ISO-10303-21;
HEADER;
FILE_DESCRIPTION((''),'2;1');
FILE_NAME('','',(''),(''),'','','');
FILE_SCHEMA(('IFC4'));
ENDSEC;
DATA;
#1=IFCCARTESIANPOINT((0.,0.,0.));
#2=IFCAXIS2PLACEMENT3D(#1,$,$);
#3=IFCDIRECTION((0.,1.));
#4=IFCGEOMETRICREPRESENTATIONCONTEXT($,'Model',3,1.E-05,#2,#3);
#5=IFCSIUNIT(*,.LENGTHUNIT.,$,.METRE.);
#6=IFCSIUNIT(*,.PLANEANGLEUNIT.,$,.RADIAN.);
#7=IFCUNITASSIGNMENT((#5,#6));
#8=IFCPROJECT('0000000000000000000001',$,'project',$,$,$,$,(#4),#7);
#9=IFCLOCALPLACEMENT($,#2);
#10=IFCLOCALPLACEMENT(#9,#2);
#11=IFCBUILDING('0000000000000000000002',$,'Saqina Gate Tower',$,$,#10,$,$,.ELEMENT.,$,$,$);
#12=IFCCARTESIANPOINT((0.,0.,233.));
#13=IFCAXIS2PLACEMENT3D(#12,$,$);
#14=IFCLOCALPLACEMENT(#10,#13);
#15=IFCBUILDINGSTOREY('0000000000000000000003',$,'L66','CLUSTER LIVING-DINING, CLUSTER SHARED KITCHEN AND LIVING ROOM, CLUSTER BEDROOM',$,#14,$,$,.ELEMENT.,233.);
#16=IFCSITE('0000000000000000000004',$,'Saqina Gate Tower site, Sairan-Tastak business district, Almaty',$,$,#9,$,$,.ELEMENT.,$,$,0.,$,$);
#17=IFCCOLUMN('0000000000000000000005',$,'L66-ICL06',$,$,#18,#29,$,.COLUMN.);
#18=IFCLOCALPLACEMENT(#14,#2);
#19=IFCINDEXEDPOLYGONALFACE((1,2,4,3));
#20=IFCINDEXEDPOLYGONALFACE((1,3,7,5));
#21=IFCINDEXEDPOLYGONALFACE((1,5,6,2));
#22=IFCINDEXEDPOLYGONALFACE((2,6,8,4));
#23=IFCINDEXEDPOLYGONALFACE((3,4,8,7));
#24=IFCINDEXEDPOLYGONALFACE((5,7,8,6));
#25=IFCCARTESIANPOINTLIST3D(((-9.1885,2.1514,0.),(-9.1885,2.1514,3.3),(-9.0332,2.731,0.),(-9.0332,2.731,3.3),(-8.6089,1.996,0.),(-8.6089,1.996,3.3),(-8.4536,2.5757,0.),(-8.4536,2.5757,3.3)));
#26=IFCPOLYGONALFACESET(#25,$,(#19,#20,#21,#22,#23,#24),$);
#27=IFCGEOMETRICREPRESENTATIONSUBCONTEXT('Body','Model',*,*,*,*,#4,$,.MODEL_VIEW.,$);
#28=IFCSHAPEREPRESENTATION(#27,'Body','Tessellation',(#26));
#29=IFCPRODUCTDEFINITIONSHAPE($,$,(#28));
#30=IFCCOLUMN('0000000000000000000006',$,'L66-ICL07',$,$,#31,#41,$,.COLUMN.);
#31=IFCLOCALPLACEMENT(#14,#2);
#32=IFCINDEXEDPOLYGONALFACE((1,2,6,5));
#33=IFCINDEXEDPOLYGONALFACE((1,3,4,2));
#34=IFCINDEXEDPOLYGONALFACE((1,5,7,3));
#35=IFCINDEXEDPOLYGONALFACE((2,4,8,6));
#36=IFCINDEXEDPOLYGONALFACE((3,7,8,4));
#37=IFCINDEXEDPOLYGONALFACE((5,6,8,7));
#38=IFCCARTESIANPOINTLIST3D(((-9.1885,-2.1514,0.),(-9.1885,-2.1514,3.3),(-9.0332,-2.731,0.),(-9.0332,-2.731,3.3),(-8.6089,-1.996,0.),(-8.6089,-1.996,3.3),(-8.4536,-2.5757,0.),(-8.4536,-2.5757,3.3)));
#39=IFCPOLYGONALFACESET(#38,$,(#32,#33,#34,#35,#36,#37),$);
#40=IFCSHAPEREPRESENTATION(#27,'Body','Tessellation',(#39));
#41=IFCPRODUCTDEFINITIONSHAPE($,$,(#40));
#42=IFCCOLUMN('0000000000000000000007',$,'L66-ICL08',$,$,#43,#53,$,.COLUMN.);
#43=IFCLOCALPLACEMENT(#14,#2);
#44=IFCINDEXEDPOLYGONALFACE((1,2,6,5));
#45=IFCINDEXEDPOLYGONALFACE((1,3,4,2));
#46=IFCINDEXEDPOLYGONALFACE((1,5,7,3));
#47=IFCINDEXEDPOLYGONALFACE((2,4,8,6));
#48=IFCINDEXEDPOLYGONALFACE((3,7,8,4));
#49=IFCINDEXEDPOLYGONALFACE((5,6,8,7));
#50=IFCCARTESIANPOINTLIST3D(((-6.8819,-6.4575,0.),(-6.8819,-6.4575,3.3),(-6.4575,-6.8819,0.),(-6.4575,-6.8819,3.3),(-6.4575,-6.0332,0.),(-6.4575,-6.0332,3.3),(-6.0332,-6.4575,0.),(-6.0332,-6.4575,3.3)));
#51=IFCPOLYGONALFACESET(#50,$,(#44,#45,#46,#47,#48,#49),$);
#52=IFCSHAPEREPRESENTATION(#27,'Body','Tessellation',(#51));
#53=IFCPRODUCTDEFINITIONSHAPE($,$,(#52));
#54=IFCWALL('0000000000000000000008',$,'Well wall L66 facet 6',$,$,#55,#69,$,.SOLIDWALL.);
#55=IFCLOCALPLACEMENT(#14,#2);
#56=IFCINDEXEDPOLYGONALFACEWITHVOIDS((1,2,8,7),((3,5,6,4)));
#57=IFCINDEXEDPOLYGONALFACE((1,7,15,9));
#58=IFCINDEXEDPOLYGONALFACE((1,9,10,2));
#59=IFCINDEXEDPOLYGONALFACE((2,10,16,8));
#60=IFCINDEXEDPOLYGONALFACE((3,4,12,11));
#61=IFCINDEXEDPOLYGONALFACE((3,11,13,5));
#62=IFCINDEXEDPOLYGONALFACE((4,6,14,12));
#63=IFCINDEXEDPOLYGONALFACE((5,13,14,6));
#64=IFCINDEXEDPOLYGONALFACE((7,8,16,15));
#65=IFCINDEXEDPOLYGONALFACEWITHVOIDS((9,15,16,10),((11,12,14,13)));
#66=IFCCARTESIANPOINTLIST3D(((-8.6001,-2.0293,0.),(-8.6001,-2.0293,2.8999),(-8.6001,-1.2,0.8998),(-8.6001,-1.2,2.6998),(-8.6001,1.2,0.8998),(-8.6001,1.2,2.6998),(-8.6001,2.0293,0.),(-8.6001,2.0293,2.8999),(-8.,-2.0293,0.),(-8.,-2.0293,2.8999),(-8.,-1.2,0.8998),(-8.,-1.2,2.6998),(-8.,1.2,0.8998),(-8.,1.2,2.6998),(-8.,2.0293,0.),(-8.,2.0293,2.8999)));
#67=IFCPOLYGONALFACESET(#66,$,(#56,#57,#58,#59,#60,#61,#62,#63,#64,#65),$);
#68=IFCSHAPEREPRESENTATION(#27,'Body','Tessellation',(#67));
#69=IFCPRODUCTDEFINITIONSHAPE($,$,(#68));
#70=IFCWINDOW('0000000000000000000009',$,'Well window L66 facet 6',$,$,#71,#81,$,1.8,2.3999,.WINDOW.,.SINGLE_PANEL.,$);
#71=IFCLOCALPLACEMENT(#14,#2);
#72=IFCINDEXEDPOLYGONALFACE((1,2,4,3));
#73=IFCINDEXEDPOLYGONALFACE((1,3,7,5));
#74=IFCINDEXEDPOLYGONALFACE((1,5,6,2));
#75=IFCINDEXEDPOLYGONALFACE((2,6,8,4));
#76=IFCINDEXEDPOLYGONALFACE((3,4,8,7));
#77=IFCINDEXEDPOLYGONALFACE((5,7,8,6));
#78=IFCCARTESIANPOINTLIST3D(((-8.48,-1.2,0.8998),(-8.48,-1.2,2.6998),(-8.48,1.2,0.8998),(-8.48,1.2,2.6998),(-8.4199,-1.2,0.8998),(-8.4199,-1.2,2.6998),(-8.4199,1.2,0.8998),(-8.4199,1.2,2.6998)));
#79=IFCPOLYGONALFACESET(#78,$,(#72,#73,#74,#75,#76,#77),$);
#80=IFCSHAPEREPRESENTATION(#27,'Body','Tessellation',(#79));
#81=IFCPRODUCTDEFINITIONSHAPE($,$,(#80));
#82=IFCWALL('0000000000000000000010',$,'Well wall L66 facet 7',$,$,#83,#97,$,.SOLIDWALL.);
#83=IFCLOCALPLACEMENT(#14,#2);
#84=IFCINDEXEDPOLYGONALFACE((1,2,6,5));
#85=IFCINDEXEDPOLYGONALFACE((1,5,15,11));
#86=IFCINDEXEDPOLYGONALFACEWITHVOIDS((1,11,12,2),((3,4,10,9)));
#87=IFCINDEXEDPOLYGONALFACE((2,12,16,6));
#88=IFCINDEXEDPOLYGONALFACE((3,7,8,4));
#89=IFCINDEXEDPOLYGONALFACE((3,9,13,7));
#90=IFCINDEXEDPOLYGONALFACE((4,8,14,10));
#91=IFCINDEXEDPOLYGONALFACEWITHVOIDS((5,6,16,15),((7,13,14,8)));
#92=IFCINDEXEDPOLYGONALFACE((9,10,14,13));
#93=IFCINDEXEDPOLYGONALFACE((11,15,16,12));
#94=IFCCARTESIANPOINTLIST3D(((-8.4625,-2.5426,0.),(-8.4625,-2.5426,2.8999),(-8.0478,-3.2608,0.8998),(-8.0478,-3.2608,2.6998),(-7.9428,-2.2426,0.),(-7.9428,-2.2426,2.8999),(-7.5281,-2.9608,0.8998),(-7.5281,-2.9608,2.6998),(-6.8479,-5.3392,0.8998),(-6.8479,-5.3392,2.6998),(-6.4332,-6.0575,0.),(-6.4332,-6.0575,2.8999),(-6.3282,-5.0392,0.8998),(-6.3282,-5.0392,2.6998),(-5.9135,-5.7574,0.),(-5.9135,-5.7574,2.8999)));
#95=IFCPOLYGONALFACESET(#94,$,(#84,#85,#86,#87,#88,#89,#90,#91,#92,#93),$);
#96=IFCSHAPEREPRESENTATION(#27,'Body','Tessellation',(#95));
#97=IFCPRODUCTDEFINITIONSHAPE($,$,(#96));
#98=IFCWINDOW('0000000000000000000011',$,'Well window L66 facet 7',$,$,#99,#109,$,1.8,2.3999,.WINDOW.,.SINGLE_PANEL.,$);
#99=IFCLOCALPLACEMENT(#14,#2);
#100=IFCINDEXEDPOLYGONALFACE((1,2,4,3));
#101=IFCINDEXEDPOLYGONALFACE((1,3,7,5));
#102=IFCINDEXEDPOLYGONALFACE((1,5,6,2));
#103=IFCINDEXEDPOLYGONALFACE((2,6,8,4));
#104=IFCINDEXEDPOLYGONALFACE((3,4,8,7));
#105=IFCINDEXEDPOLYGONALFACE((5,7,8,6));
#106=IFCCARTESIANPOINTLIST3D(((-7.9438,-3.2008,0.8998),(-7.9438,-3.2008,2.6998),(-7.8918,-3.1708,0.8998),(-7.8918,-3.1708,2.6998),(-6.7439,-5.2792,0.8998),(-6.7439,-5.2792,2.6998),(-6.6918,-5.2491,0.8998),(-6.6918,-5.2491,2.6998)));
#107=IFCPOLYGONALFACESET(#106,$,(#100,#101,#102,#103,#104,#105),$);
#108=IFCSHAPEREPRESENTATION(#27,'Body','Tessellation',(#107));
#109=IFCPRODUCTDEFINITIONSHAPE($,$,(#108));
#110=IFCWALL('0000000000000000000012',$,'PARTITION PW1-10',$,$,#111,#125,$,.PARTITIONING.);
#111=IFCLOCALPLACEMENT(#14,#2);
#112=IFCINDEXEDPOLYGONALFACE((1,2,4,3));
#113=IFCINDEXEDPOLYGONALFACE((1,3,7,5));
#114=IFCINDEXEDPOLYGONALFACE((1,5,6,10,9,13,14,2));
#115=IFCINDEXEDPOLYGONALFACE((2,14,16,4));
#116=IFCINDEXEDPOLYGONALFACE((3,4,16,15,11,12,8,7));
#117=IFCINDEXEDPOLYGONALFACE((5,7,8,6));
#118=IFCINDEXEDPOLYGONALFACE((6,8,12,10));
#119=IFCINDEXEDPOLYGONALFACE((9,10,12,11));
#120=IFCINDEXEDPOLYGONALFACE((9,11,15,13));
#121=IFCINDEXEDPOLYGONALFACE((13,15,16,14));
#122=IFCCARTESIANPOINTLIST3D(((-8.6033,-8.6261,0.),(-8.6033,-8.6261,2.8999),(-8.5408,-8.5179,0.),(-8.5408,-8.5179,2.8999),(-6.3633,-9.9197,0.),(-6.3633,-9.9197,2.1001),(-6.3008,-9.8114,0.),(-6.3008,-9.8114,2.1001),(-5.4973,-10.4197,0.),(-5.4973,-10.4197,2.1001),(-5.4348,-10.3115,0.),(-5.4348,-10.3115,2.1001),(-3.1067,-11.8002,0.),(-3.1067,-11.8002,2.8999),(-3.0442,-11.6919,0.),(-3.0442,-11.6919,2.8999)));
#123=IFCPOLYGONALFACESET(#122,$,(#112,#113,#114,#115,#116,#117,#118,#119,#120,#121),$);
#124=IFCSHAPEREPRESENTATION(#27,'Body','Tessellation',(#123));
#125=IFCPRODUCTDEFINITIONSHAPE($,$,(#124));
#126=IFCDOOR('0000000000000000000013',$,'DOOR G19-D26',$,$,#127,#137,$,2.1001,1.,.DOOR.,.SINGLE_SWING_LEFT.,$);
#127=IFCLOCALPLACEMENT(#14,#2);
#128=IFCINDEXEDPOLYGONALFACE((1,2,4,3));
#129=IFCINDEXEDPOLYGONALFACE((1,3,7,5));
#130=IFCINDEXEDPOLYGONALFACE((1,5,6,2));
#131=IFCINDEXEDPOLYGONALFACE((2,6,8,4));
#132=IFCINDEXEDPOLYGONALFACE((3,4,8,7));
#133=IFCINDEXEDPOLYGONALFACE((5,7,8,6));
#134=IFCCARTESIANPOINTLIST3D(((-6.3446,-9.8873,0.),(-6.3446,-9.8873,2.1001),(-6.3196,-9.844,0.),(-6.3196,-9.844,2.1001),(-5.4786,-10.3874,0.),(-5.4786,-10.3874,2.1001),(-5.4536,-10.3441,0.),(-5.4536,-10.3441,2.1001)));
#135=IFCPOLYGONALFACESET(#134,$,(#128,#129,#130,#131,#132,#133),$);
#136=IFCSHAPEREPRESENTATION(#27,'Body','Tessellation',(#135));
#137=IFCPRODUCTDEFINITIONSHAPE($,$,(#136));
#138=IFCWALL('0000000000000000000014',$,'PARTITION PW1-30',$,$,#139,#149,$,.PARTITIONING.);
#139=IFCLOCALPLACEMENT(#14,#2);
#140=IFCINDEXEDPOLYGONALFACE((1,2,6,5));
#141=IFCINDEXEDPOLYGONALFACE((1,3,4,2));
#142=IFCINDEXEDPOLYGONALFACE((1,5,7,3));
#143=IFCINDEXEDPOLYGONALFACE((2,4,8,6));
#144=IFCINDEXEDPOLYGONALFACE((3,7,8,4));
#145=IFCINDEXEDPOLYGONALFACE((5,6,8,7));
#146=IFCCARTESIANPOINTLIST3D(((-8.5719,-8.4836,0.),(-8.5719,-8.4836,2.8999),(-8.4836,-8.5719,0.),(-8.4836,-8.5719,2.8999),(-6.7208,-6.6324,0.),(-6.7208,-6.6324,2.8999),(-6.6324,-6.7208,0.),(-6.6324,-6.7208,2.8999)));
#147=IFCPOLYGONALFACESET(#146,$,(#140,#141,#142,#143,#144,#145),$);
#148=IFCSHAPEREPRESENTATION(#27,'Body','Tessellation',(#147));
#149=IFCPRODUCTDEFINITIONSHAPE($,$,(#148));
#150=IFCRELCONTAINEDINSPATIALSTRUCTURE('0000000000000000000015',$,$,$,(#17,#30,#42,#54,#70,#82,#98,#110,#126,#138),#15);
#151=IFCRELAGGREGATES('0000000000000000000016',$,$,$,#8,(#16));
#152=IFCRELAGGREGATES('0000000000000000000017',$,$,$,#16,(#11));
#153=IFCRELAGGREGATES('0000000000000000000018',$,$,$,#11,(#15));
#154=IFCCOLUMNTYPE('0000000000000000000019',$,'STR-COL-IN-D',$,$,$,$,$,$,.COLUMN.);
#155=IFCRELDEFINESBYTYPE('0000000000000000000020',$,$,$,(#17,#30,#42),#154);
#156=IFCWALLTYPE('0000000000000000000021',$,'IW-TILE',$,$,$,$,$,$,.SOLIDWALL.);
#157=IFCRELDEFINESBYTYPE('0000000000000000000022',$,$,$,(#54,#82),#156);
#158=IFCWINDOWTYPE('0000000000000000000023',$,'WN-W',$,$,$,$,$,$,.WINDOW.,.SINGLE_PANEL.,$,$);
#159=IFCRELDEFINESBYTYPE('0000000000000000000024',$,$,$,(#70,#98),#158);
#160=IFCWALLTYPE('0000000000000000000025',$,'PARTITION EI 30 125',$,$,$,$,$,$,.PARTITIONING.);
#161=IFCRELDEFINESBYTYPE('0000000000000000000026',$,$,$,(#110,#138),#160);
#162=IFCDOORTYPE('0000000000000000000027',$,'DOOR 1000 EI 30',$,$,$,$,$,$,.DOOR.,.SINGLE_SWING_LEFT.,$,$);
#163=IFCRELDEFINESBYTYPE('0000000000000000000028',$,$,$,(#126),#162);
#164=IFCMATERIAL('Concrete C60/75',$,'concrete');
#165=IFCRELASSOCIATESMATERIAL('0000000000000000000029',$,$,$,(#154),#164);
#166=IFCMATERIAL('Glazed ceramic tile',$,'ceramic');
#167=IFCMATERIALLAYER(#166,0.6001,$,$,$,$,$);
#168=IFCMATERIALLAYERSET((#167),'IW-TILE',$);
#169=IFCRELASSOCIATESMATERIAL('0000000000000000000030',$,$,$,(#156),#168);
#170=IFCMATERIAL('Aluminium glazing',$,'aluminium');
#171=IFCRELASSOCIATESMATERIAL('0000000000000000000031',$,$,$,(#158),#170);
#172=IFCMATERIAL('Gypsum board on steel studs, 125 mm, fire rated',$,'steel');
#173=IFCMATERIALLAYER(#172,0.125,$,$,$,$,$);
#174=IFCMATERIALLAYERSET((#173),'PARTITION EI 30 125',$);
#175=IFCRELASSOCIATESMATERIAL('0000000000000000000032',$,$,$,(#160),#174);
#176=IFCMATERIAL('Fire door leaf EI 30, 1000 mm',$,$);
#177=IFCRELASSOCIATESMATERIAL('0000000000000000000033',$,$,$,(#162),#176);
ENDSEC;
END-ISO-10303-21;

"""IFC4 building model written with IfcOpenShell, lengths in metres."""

from ifc_helpers import new_model, si_unit, direction, frame, frame_2d, origin, origin_2d, place, context, subcontext, project, spatial, rectangle, extrude, material, layer, layer_set, material_profile, profile_set, type_object, element, fill, save


model = new_model("IFC4")

# Units and contexts
model_context = context("Model", 3, precision=1e-05, world=origin(), true_north=direction((0.0, 1.0)))
body_context = subcontext(model_context, "Body", "Model", "MODEL_VIEW")
ifc_project = project(units=[si_unit("LENGTHUNIT", "METRE"), si_unit("PLANEANGLEUNIT", "RADIAN")], contexts=[model_context])

# Site, building, storey
site_placement = place(None, origin())
site = spatial("IfcSite", under=ifc_project, at=site_placement, Name="Saqina Gate Tower site, Sairan-Tastak business district, Almaty", CompositionType="ELEMENT", RefElevation=0.0)
building_placement = place(site_placement, origin())
building = spatial("IfcBuilding", under=site, at=building_placement, Name="Saqina Gate Tower", CompositionType="ELEMENT")
storey_placement = place(building_placement, frame((0.0, 0.0, 233.0)))
storey = spatial("IfcBuildingStorey", under=building, at=storey_placement, Name="L66", Description="CLUSTER LIVING-DINING, CLUSTER SHARED KITCHEN AND LIVING ROOM, CLUSTER BEDROOM", CompositionType="ELEMENT", Elevation=233.0)

# Columns
ifc_material_1 = material(Name="Concrete C60/75", Category="concrete")
ifc_material_profile = material_profile(ifc_material_1, rectangle(XDim=0.6001, YDim=0.6001, at=origin_2d()), Name="RC 600x600")
ifc_profile_set = profile_set([ifc_material_profile], Name="Concrete C60/75")
column_type = type_object("IfcColumnType", Name="STR-COL-IN-D", PredefinedType="COLUMN", material=ifc_profile_set)
for number, where, z_axis, x_axis, name in (
    (1, (-8.821, 2.3635, 0.0), (0.0, 0.0, 1.0), (-0.965926, 0.258819, 0.0), "L66-ICL06"),
    (2, (-8.821, -2.3635, 0.0), (0.0, 0.0, 1.0), (-0.965926, -0.258819, 0.0), "L66-ICL07"),
    (3, (-6.4575, -6.4575, 0.0), (0.0, 0.0, 1.0), (-0.707107, -0.707107, 0.0), "L66-ICL08"),
):
    element("IfcColumn", number, at=place(storey_placement, frame(where, z_axis=z_axis, x_axis=x_axis)), inside=storey, type_object=column_type, Name=name, PredefinedType="COLUMN", context=body_context, shape_type="SweptSolid", body=[
        extrude(rectangle(XDim=0.6001, YDim=0.6001, at=origin_2d()), origin(), (0.0, 0.0, 1.0), 3.3),
    ])

# Walls, openings, windows
ifc_material_2 = material(Name="Glazed ceramic tile", Category="ceramic")
ifc_layer_1 = layer(ifc_material_2, 0.6001)
ifc_layer_set_1 = layer_set([ifc_layer_1], Name="IW-TILE")
wall_type_1 = type_object("IfcWallType", Name="IW-TILE", PredefinedType="SOLIDWALL", material=ifc_layer_set_1)
wall_1_placement = place(storey_placement, frame((-8.3, 2.0293, 0.0), z_axis=(0.0, 0.0, 1.0), x_axis=(0.0, -1.0, 0.0)))
wall_1 = element("IfcWall", 4, at=wall_1_placement, inside=storey, type_object=wall_type_1, Name="Well wall L66 facet 6", PredefinedType="SOLIDWALL", context=body_context, shape_type="SweptSolid", body=[
    extrude(rectangle(XDim=4.0586, YDim=0.6001, at=frame_2d((2.0293, 0.0))), origin(), (0.0, 0.0, 1.0), 2.8999),
])
opening_1_placement = place(wall_1_placement, frame((0.8293, 0.0, 0.8999)))
opening_1 = element("IfcOpeningElement", 5, at=opening_1_placement, cuts=wall_1, PredefinedType="OPENING", context=body_context, shape_type="SweptSolid", body=[
    extrude(rectangle(XDim=2.3999, YDim=1.8, at=frame_2d((1.2, 0.8999))), frame((0.0, 0.312, 0.0), z_axis=(0.0, -1.0, 0.0), x_axis=(1.0, 0.0, 0.0)), (0.0, 0.0, 1.0), 0.624),
])
ifc_material_3 = material(Name="Aluminium glazing", Category="aluminium")
window_type = type_object("IfcWindowType", Name="WN-W", PartitioningType="SINGLE_PANEL", PredefinedType="WINDOW", material=ifc_material_3)
window_1_placement = place(opening_1_placement, origin())
window_1 = element("IfcWindow", 6, at=window_1_placement, inside=storey, type_object=window_type, Name="Well window L66 facet 6", OverallHeight=1.8, OverallWidth=2.3999, PartitioningType="SINGLE_PANEL", PredefinedType="WINDOW", context=body_context, shape_type="SweptSolid", body=[
    extrude(rectangle(XDim=2.3999, YDim=1.8, at=frame_2d((1.2, 0.8999))), frame((0.0, -0.1199, 0.0), z_axis=(0.0, -1.0, 0.0), x_axis=(1.0, 0.0, 0.0)), (0.0, 0.0, 1.0), 0.0601),
])
fill(opening_1, window_1)
wall_2_placement = place(storey_placement, frame((-8.2026, -2.3926, 0.0), z_axis=(0.0, 0.0, 1.0), x_axis=(0.499995, -0.866028, 0.0)))
wall_2 = element("IfcWall", 7, at=wall_2_placement, inside=storey, type_object=wall_type_1, Name="Well wall L66 facet 7", PredefinedType="SOLIDWALL", context=body_context, shape_type="SweptSolid", body=[
    extrude(rectangle(XDim=4.0586, YDim=0.6001, at=frame_2d((2.0293, 0.0))), origin(), (0.0, 0.0, 1.0), 2.8999),
])
opening_2_placement = place(wall_2_placement, frame((0.8293, 0.0, 0.8999)))
opening_2 = element("IfcOpeningElement", 8, at=opening_2_placement, cuts=wall_2, PredefinedType="OPENING", context=body_context, shape_type="SweptSolid", body=[
    extrude(rectangle(XDim=2.3999, YDim=1.8, at=frame_2d((1.2, 0.8999))), frame((0.0, 0.312, 0.0), z_axis=(0.0, -1.0, 0.0), x_axis=(1.0, 0.0, 0.0)), (0.0, 0.0, 1.0), 0.624),
])
window_2_placement = place(opening_2_placement, origin())
window_2 = element("IfcWindow", 9, at=window_2_placement, inside=storey, type_object=window_type, Name="Well window L66 facet 7", OverallHeight=1.8, OverallWidth=2.3999, PartitioningType="SINGLE_PANEL", PredefinedType="WINDOW", context=body_context, shape_type="SweptSolid", body=[
    extrude(rectangle(XDim=2.3999, YDim=1.8, at=frame_2d((1.2, 0.8999))), frame((0.0, -0.1199, 0.0), z_axis=(0.0, -1.0, 0.0), x_axis=(1.0, 0.0, 0.0)), (0.0, 0.0, 1.0), 0.0601),
])
fill(opening_2, window_2)

# Wall, opening, door
ifc_material_4 = material(Name="Gypsum board on steel studs, 125 mm, fire rated", Category="steel")
ifc_layer_2 = layer(ifc_material_4, 0.125)
ifc_layer_set_2 = layer_set([ifc_layer_2], Name="PARTITION EI 30 125")
wall_type_2 = type_object("IfcWallType", Name="PARTITION EI 30 125", PredefinedType="PARTITIONING", material=ifc_layer_set_2)
wall_3_placement = place(storey_placement, frame((-8.572, -8.572, 0.0), z_axis=(0.0, 0.0, 1.0), x_axis=(0.865983, -0.500073, 0.0)))
wall_3 = element("IfcWall", 10, at=wall_3_placement, inside=storey, type_object=wall_type_2, Name="PARTITION PW1-10", PredefinedType="PARTITIONING", context=body_context, shape_type="SweptSolid", body=[
    extrude(rectangle(XDim=6.3472, YDim=0.125, at=frame_2d((3.1736, 0.0))), origin(), (0.0, 0.0, 1.0), 2.8999),
])
opening_3_placement = place(wall_3_placement, frame((2.5867, 0.0, 0.0)))
opening_3 = element("IfcOpeningElement", 11, at=opening_3_placement, cuts=wall_3, PredefinedType="OPENING", context=body_context, shape_type="SweptSolid", body=[
    extrude(rectangle(XDim=1.0, YDim=2.1001, at=frame_2d((0.5, 1.05))), frame((0.0, 0.0745, 0.0), z_axis=(0.0, -1.0, 0.0), x_axis=(1.0, 0.0, 0.0)), (0.0, 0.0, 1.0), 0.1489),
])
ifc_material_5 = material(Name="Fire door leaf EI 30, 1000 mm")
door_type_1 = type_object("IfcDoorType", Name="DOOR 1000 EI 30", OperationType="SINGLE_SWING_LEFT", PredefinedType="DOOR", material=ifc_material_5)
door_1_placement = place(opening_3_placement, origin())
door_1 = element("IfcDoor", 12, at=door_1_placement, inside=storey, type_object=door_type_1, Name="DOOR G19-D26", OperationType="SINGLE_SWING_LEFT", OverallHeight=2.1001, OverallWidth=1.0, PredefinedType="DOOR", context=body_context, shape_type="SweptSolid", body=[
    extrude(rectangle(XDim=1.0, YDim=2.1001, at=frame_2d((0.5, 1.05))), frame((0.0, 0.0249, 0.0), z_axis=(0.0, -1.0, 0.0), x_axis=(1.0, 0.0, 0.0)), (0.0, 0.0, 1.0), 0.05),
])
fill(opening_3, door_1)

# Wall
wall_4_placement = place(storey_placement, frame((-8.5278, -8.5278, 0.0), z_axis=(0.0, 0.0, 1.0), x_axis=(0.707107, 0.707107, 0.0)))
element("IfcWall", 13, at=wall_4_placement, inside=storey, type_object=wall_type_2, Name="PARTITION PW1-30", PredefinedType="PARTITIONING", context=body_context, shape_type="SweptSolid", body=[
    extrude(rectangle(XDim=2.6179, YDim=0.125, at=frame_2d((1.3091, 0.0))), origin(), (0.0, 0.0, 1.0), 2.8999),
])

save(model, "model.ifc")
